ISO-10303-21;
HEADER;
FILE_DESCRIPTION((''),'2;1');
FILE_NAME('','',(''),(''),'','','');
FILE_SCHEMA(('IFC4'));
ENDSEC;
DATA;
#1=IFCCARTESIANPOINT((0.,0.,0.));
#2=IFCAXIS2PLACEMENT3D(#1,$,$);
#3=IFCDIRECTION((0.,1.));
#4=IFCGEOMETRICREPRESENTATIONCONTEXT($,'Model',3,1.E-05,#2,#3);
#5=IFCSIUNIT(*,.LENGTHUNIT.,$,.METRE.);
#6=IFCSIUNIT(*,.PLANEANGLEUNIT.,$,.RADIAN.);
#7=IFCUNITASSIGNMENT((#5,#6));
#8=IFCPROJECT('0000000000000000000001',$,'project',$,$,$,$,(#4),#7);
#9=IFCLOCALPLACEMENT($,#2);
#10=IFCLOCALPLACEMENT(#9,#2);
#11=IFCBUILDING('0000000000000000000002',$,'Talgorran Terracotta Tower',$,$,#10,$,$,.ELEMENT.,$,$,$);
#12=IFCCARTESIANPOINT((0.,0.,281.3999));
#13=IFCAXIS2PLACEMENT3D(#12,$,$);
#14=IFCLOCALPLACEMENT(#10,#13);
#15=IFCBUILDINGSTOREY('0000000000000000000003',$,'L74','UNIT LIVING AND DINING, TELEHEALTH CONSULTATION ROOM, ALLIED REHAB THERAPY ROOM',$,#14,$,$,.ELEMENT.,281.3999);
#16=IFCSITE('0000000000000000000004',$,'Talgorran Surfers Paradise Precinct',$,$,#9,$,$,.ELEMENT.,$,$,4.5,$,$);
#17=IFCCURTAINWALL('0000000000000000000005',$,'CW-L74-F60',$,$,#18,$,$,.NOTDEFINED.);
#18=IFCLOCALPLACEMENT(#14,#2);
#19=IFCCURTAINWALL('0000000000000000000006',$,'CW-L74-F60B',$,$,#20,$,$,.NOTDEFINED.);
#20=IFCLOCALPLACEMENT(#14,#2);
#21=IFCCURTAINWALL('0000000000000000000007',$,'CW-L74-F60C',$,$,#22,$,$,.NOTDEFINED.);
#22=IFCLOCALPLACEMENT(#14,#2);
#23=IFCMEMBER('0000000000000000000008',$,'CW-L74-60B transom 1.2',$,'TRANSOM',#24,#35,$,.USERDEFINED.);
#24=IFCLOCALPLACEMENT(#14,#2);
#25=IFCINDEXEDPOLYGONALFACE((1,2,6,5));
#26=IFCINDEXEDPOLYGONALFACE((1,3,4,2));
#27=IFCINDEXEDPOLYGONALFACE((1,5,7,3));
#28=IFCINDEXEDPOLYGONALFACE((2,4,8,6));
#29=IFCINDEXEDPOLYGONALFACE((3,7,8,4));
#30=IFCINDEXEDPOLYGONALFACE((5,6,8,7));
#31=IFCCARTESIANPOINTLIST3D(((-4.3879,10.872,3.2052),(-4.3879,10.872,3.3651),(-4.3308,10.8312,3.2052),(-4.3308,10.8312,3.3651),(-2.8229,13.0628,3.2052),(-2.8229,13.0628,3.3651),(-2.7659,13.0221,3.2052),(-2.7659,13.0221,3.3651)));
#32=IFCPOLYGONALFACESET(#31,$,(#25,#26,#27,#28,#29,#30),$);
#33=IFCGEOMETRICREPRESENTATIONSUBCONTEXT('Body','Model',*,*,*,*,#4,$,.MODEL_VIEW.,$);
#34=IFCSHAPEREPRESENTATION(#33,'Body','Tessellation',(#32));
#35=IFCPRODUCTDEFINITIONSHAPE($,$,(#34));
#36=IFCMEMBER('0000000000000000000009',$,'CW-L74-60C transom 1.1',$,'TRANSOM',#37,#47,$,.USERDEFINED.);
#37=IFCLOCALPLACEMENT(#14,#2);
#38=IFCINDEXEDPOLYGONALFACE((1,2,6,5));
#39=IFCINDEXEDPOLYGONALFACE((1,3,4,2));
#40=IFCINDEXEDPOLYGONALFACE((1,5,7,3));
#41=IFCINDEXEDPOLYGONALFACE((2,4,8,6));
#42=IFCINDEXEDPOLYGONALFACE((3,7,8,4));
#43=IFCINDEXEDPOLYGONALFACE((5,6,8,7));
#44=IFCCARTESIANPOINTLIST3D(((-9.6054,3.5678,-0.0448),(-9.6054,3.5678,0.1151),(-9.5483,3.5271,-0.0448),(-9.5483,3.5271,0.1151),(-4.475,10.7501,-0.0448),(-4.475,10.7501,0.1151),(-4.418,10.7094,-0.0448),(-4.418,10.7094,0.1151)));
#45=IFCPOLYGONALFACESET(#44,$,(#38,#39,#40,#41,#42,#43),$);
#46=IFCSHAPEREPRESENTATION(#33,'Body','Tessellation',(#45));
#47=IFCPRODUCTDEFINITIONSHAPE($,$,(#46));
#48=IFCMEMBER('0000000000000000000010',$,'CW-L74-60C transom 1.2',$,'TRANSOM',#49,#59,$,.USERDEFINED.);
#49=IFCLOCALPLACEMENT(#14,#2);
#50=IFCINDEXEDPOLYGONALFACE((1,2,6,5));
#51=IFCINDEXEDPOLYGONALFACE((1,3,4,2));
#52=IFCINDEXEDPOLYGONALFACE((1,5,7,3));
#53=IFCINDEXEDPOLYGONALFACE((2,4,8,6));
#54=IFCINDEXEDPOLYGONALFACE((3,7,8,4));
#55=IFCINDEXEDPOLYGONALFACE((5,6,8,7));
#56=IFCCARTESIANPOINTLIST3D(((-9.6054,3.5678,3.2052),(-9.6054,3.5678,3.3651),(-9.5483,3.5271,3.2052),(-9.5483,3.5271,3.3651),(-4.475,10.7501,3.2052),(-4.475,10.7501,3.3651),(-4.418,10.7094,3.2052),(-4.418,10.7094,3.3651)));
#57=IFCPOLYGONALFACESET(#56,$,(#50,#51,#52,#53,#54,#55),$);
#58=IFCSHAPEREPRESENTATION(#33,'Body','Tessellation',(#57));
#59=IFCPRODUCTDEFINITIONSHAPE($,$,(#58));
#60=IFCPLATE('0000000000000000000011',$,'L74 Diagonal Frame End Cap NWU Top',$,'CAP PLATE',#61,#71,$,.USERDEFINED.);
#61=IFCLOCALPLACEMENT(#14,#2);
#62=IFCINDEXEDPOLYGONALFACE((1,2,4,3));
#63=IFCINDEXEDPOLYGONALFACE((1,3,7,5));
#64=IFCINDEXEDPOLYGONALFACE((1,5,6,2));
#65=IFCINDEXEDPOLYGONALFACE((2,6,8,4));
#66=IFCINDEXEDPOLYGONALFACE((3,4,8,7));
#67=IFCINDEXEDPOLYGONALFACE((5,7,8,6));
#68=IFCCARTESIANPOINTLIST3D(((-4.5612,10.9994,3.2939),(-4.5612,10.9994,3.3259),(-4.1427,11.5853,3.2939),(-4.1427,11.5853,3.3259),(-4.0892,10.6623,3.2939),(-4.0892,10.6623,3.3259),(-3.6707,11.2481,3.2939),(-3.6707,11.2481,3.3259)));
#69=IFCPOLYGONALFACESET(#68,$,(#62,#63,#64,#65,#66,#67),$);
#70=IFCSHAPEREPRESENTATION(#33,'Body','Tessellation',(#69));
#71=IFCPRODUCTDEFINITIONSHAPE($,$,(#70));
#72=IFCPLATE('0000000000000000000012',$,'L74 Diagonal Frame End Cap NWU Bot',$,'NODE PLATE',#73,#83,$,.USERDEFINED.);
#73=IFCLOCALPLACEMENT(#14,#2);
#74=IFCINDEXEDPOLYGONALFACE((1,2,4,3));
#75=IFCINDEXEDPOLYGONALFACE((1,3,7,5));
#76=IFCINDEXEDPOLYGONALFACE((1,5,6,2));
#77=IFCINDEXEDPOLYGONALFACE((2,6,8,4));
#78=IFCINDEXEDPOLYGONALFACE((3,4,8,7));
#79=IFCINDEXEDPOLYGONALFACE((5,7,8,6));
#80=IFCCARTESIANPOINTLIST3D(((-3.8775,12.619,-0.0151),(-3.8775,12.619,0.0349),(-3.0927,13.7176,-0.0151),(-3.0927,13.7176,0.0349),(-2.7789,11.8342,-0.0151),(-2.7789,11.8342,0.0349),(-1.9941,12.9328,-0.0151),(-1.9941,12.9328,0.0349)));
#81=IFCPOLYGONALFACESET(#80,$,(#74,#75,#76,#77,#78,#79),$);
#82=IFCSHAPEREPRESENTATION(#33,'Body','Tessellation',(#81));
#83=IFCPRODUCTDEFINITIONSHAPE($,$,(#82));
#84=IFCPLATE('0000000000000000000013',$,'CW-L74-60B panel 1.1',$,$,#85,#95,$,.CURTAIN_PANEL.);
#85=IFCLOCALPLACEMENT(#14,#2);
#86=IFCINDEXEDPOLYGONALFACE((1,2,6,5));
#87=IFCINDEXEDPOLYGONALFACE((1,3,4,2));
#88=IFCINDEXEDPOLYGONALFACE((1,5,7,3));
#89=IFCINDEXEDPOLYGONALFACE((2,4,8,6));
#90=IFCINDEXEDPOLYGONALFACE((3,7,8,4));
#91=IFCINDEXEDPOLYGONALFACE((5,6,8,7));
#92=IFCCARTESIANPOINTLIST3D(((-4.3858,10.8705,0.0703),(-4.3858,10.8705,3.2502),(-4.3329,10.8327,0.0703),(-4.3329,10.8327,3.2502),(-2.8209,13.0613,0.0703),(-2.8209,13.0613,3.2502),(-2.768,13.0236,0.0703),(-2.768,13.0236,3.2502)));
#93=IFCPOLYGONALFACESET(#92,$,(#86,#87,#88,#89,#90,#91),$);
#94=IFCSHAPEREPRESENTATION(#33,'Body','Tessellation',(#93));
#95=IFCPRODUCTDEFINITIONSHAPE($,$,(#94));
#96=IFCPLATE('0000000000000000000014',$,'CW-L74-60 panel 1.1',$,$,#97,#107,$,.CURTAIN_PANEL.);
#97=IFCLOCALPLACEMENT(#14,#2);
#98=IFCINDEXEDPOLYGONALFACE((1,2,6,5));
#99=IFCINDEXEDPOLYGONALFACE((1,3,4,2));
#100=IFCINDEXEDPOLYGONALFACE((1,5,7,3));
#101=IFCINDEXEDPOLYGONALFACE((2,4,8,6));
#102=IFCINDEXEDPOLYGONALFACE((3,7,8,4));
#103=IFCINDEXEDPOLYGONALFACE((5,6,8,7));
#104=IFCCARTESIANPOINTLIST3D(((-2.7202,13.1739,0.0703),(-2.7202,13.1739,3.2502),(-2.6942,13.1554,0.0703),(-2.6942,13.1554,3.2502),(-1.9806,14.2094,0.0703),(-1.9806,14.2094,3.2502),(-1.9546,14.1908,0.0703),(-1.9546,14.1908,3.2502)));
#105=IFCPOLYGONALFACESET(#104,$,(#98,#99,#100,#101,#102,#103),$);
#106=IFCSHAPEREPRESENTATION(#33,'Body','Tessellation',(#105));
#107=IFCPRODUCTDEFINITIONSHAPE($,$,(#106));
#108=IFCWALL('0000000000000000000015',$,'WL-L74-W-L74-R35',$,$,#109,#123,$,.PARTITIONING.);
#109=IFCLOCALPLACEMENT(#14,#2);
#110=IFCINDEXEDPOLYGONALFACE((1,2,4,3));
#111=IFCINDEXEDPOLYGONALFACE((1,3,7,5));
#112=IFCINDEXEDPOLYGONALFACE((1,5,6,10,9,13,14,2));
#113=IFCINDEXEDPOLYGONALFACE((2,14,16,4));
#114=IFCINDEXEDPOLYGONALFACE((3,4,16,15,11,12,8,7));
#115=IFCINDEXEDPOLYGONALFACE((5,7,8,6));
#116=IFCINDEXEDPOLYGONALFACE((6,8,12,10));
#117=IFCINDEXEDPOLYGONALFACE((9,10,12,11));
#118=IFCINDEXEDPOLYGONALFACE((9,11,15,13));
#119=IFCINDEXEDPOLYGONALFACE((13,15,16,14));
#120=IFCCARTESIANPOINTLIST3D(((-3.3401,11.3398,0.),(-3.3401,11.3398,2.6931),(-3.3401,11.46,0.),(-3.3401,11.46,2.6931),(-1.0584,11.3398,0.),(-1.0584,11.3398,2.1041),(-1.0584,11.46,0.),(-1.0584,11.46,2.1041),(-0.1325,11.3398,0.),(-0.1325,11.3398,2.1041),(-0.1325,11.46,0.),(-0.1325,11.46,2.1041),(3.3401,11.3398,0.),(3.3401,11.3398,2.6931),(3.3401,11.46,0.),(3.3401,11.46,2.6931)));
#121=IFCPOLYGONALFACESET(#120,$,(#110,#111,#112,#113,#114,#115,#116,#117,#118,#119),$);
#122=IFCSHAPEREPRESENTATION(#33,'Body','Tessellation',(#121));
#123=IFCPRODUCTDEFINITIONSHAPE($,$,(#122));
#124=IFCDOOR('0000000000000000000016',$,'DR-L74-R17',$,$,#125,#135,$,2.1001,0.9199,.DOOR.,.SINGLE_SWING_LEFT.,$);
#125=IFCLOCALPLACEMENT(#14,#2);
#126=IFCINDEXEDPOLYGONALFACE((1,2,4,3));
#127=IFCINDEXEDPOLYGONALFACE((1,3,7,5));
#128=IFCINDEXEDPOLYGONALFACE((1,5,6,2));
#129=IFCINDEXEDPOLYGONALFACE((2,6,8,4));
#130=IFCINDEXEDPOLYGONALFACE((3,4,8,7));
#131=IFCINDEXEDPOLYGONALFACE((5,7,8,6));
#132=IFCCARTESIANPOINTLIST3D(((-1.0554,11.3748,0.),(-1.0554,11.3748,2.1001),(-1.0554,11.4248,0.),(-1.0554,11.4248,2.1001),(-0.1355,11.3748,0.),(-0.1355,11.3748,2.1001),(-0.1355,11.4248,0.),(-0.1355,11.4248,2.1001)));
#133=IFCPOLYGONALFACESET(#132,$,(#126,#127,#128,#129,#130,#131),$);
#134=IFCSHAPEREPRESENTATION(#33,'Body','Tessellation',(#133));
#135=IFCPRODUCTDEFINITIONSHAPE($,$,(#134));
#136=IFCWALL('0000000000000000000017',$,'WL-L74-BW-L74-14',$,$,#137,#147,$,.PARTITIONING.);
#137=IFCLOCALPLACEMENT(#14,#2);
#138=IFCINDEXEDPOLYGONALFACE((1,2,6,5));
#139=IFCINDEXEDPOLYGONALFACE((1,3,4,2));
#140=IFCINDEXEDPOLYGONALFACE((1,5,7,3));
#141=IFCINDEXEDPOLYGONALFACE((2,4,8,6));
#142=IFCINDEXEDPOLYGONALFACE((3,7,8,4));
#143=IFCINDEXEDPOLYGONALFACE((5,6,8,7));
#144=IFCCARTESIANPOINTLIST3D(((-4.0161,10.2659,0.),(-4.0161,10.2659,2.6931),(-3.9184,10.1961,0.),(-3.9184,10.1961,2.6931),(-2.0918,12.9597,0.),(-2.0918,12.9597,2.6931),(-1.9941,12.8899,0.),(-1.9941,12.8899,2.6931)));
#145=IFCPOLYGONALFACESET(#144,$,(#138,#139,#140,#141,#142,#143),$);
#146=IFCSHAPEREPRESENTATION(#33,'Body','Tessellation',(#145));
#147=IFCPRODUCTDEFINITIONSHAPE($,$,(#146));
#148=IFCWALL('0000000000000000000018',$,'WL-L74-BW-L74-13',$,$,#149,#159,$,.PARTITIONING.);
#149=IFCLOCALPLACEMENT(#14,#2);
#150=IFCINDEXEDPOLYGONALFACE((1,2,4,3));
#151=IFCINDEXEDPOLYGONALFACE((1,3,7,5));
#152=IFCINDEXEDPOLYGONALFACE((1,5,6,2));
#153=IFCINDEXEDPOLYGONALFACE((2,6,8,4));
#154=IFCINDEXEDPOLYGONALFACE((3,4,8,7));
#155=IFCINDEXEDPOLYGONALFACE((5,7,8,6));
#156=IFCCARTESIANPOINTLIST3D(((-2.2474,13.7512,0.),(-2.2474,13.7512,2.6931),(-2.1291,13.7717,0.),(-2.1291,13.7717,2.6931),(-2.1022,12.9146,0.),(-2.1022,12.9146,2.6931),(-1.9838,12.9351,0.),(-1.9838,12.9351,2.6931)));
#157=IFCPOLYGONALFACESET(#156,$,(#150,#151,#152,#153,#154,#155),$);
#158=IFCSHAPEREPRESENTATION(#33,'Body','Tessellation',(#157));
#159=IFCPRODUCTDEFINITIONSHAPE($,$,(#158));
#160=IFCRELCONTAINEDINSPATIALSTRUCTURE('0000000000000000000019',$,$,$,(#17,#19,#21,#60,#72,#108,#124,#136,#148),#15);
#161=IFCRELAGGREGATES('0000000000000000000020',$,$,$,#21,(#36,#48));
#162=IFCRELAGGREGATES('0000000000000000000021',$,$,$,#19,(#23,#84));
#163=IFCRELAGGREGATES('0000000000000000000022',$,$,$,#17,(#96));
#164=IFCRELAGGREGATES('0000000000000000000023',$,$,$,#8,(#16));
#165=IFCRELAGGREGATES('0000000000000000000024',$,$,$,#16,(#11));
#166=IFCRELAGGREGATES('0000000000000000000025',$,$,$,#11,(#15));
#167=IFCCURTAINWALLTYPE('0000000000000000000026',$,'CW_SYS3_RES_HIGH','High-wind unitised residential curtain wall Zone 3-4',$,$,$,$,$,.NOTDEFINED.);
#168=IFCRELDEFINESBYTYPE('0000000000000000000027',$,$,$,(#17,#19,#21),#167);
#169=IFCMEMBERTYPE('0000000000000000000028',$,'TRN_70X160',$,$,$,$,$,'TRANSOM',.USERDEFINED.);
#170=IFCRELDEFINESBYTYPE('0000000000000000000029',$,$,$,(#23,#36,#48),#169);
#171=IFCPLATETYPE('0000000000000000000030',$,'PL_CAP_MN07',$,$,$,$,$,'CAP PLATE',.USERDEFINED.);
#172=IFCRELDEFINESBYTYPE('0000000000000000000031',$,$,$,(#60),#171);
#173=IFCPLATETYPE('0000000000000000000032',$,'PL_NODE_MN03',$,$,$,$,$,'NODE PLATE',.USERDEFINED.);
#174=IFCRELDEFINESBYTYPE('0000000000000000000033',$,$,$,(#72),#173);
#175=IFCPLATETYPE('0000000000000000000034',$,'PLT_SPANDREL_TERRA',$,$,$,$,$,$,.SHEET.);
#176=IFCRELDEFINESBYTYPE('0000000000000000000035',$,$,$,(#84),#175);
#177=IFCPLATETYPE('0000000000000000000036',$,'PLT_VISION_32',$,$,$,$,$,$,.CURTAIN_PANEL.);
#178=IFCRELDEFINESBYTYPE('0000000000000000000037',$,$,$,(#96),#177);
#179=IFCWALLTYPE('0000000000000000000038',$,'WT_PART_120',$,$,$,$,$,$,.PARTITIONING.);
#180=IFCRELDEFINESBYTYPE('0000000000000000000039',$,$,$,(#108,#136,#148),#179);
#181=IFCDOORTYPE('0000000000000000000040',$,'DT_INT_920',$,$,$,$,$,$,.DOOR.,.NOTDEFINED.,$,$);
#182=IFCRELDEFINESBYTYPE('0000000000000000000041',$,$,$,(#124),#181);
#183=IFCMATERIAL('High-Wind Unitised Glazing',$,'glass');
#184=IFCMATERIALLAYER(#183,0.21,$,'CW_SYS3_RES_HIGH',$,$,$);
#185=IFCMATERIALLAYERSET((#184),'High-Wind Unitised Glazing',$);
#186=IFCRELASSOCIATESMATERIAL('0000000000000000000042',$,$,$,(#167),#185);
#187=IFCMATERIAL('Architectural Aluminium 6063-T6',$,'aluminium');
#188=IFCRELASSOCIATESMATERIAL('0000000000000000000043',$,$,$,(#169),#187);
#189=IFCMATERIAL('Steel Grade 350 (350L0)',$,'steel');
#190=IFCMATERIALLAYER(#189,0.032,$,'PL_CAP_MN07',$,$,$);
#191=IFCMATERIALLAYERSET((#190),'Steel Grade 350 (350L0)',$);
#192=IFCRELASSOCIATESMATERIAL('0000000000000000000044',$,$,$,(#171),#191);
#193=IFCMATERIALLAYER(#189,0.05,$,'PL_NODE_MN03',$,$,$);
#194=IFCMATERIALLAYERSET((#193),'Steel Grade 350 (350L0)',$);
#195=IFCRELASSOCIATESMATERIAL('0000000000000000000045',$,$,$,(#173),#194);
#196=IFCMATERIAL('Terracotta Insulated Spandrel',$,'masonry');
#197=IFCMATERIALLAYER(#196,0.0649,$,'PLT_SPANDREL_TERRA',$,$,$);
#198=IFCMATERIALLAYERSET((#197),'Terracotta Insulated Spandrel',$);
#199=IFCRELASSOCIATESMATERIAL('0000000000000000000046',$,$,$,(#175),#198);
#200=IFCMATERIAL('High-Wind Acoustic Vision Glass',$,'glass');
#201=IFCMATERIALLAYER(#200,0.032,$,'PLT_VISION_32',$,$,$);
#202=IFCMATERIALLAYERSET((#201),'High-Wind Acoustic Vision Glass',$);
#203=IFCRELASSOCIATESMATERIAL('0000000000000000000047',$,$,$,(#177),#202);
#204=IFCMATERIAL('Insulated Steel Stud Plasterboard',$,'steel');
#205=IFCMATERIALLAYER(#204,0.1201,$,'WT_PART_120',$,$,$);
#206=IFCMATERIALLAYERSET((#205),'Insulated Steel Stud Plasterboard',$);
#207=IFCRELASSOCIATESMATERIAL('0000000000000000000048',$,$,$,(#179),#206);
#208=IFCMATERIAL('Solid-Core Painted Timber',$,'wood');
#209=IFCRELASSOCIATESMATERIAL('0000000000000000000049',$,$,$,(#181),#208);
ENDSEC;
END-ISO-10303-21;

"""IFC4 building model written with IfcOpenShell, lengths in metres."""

from ifc_helpers import new_model, si_unit, direction, frame, frame_2d, origin, origin_2d, place, context, subcontext, project, spatial, rectangle, extrude, source, transform, mapped, material, layer, layer_set, material_profile, profile_set, type_object, type_shapes, element, fill, aggregate, save


model = new_model("IFC4")

# Units and contexts
model_context = context("Model", 3, precision=1e-05, world=origin(), true_north=direction((0.0, 1.0)))
body_context = subcontext(model_context, "Body", "Model", "MODEL_VIEW")
ifc_project = project(units=[si_unit("LENGTHUNIT", "METRE"), si_unit("PLANEANGLEUNIT", "RADIAN")], contexts=[model_context])

# Site, building, storey
site_placement = place(None, origin())
site = spatial("IfcSite", under=ifc_project, at=site_placement, Name="Talgorran Surfers Paradise Precinct", CompositionType="ELEMENT", RefElevation=4.5)
building_placement = place(site_placement, origin())
building = spatial("IfcBuilding", under=site, at=building_placement, Name="Talgorran Terracotta Tower", CompositionType="ELEMENT")
storey_placement = place(building_placement, frame((0.0, 0.0, 281.3999)))
storey = spatial("IfcBuildingStorey", under=building, at=storey_placement, Name="L74", Description="UNIT LIVING AND DINING, TELEHEALTH CONSULTATION ROOM, ALLIED REHAB THERAPY ROOM", CompositionType="ELEMENT", Elevation=281.3999)

# Shared definitions
ifc_material_1 = material(Name="Steel Grade 350 (350L0)", Category="steel")

# Shared definitions
ifc_material_2 = material(Name="High-Wind Unitised Glazing", Category="glass")
ifc_layer_1 = layer(ifc_material_2, 0.21, Name="CW_SYS3_RES_HIGH")
ifc_layer_set_1 = layer_set([ifc_layer_1], Name="High-Wind Unitised Glazing")
curtain_wall_type = type_object("IfcCurtainWallType", Name="CW_SYS3_RES_HIGH", Description="High-wind unitised residential curtain wall Zone 3-4", PredefinedType="NOTDEFINED", material=ifc_layer_set_1)
ifc_material_3 = material(Name="Architectural Aluminium 6063-T6", Category="aluminium")

# Curtain walls
curtain_wall_1_placement = place(storey_placement, origin())
curtain_wall_1 = element("IfcCurtainWall", 1, at=curtain_wall_1_placement, inside=storey, type_object=curtain_wall_type, Name="CW-L74-F60", PredefinedType="NOTDEFINED")
curtain_wall_2_placement = place(storey_placement, origin())
curtain_wall_2 = element("IfcCurtainWall", 2, at=curtain_wall_2_placement, inside=storey, type_object=curtain_wall_type, Name="CW-L74-F60B", PredefinedType="NOTDEFINED")

# Curtain wall
curtain_wall_3_placement = place(storey_placement, origin())
curtain_wall_3 = element("IfcCurtainWall", 3, at=curtain_wall_3_placement, inside=storey, type_object=curtain_wall_type, Name="CW-L74-F60C", PredefinedType="NOTDEFINED")

# Members
ifc_material_profile_1 = material_profile(ifc_material_3, rectangle(XDim=0.0701, YDim=0.1599, at=origin_2d()), Name="CWT70X160")
ifc_profile_set_1 = profile_set([ifc_material_profile_1], Name="Architectural Aluminium 6063-T6")
member_type_1 = type_object("IfcMemberType", Name="TRN_70X160", ElementType="TRANSOM", PredefinedType="USERDEFINED", material=ifc_profile_set_1)
member_1_placement = place(storey_placement, frame((-2.7944, 13.0425, 3.2852), z_axis=(-0.581238, -0.813733, 0.0), x_axis=(0.813733, -0.581238, 0.0)))
member_1 = element("IfcMember", 4, at=member_1_placement, type_object=member_type_1, Name="CW-L74-60B transom 1.2", ObjectType="TRANSOM", PredefinedType="USERDEFINED", context=body_context, shape_type="SweptSolid", body=[
    extrude(rectangle(XDim=0.0701, YDim=0.1599, at=origin_2d()), origin(), (0.0, 0.0, 1.0), 2.6924),
])
member_2_placement = place(storey_placement, frame((-4.4465, 10.7297, 0.0352), z_axis=(-0.581246, -0.813728, 0.0), x_axis=(0.813728, -0.581246, 0.0)))
member_2 = element("IfcMember", 5, at=member_2_placement, type_object=member_type_1, Name="CW-L74-60C transom 1.1", ObjectType="TRANSOM", PredefinedType="USERDEFINED", context=body_context, shape_type="SweptSolid", body=[
    extrude(rectangle(XDim=0.0701, YDim=0.1599, at=origin_2d()), origin(), (0.0, 0.0, 1.0), 8.8264),
])
member_3_placement = place(storey_placement, frame((-4.4465, 10.7297, 3.2852), z_axis=(-0.581246, -0.813728, 0.0), x_axis=(0.813728, -0.581246, 0.0)))
member_3 = element("IfcMember", 6, at=member_3_placement, type_object=member_type_1, Name="CW-L74-60C transom 1.2", ObjectType="TRANSOM", PredefinedType="USERDEFINED", context=body_context, shape_type="SweptSolid", body=[
    extrude(rectangle(XDim=0.0701, YDim=0.1599, at=origin_2d()), origin(), (0.0, 0.0, 1.0), 8.8264),
])
aggregate(curtain_wall_3, [member_2, member_3])

# Plates
ifc_layer_2 = layer(ifc_material_1, 0.032, Name="PL_CAP_MN07")
ifc_layer_set_2 = layer_set([ifc_layer_2], Name="Steel Grade 350 (350L0)")
plate_type_1 = type_object("IfcPlateType", Name="PL_CAP_MN07", ElementType="CAP PLATE", PredefinedType="USERDEFINED", material=ifc_layer_set_2)
plate_1_placement = place(storey_placement, frame((-4.116, 11.1238, 3.2939), z_axis=(0.0, 0.0, 1.0), x_axis=(-0.581271, -0.81371, 0.0)))
element("IfcPlate", 7, at=plate_1_placement, inside=storey, type_object=plate_type_1, Name="L74 Diagonal Frame End Cap NWU Top", ObjectType="CAP PLATE", PredefinedType="USERDEFINED", context=body_context, shape_type="SweptSolid", body=[
    extrude(rectangle(XDim=0.72, YDim=0.5801, at=origin_2d()), origin(), (0.0, 0.0, 1.0), 0.032),
])
ifc_layer_3 = layer(ifc_material_1, 0.05, Name="PL_NODE_MN03")
ifc_layer_set_3 = layer_set([ifc_layer_3], Name="Steel Grade 350 (350L0)")
plate_type_2 = type_object("IfcPlateType", Name="PL_NODE_MN03", ElementType="NODE PLATE", PredefinedType="USERDEFINED", material=ifc_layer_set_3)
plate_2_placement = place(storey_placement, frame((-2.9358, 12.7759, -0.0151), z_axis=(0.0, 0.0, 1.0), x_axis=(-0.581271, -0.81371, 0.0)))
element("IfcPlate", 8, at=plate_2_placement, inside=storey, type_object=plate_type_2, Name="L74 Diagonal Frame End Cap NWU Bot", ObjectType="NODE PLATE", PredefinedType="USERDEFINED", context=body_context, shape_type="SweptSolid", body=[
    extrude(rectangle(XDim=1.3501, YDim=1.3501, at=origin_2d()), origin(), (0.0, 0.0, 1.0), 0.05),
])

# Plates
ifc_material_4 = material(Name="Terracotta Insulated Spandrel", Category="masonry")
ifc_layer_4 = layer(ifc_material_4, 0.0649, Name="PLT_SPANDREL_TERRA")
ifc_layer_set_4 = layer_set([ifc_layer_4], Name="Terracotta Insulated Spandrel")
plate_type_3 = type_object("IfcPlateType", Name="PLT_SPANDREL_TERRA", PredefinedType="SHEET", material=ifc_layer_set_4)
shared_shape_1 = source(origin(), body_context, "Body", "SweptSolid", [
    extrude(rectangle(XDim=2.6924, YDim=0.0649, at=origin_2d()), origin(), (0.0, 0.0, 1.0), 3.1799),
])
type_shapes(plate_type_3, [shared_shape_1])
plate_3_placement = place(storey_placement, frame((-3.5769, 11.947, 0.0703), z_axis=(0.0, 0.0, 1.0), x_axis=(-0.581242, -0.813731, 0.0)))
plate_3 = element("IfcPlate", 9, at=plate_3_placement, type_object=plate_type_3, Name="CW-L74-60B panel 1.1", PredefinedType="CURTAIN_PANEL", context=body_context, shape_type="MappedRepresentation", body=[
    mapped(shared_shape_1, transform((0.0, 0.0, 0.0), scale=1.0)),
])
aggregate(curtain_wall_2, [member_1, plate_3])
ifc_material_5 = material(Name="High-Wind Acoustic Vision Glass", Category="glass")
ifc_layer_5 = layer(ifc_material_5, 0.032, Name="PLT_VISION_32")
ifc_layer_set_5 = layer_set([ifc_layer_5], Name="High-Wind Acoustic Vision Glass")
plate_type_4 = type_object("IfcPlateType", Name="PLT_VISION_32", PredefinedType="CURTAIN_PANEL", material=ifc_layer_set_5)
shared_shape_2 = source(origin(), body_context, "Body", "SweptSolid", [
    extrude(rectangle(XDim=1.2725, YDim=0.032, at=origin_2d()), origin(), (0.0, 0.0, 1.0), 3.1799),
])
type_shapes(plate_type_4, [shared_shape_2])
plate_4_placement = place(storey_placement, frame((-2.3374, 13.6824, 0.0703), z_axis=(0.0, 0.0, 1.0), x_axis=(-0.581238, -0.813733, 0.0)))
plate_4 = element("IfcPlate", 10, at=plate_4_placement, type_object=plate_type_4, Name="CW-L74-60 panel 1.1", PredefinedType="CURTAIN_PANEL", context=body_context, shape_type="MappedRepresentation", body=[
    mapped(shared_shape_2, transform((0.0, 0.0, 0.0), scale=1.0)),
])
aggregate(curtain_wall_1, [plate_4])

# Wall, opening, door
ifc_material_6 = material(Name="Insulated Steel Stud Plasterboard", Category="steel")
ifc_layer_6 = layer(ifc_material_6, 0.1201, Name="WT_PART_120")
ifc_layer_set_6 = layer_set([ifc_layer_6], Name="Insulated Steel Stud Plasterboard")
wall_type = type_object("IfcWallType", Name="WT_PART_120", PredefinedType="PARTITIONING", material=ifc_layer_set_6)
wall_1_placement = place(storey_placement, frame((-3.3401, 11.3999, 0.0), z_axis=(0.0, 0.0, 1.0), x_axis=(1.0, 0.0, 0.0)))
wall_1 = element("IfcWall", 11, at=wall_1_placement, inside=storey, type_object=wall_type, Name="WL-L74-W-L74-R35", PredefinedType="PARTITIONING", context=body_context, shape_type="SweptSolid", body=[
    extrude(rectangle(XDim=6.6802, YDim=0.1201, at=frame_2d((3.3401, 0.0))), origin(), (0.0, 0.0, 1.0), 2.6931),
])
opening_placement = place(wall_1_placement, frame((2.2847, 0.0, 0.0)))
opening = element("IfcOpeningElement", 12, at=opening_placement, cuts=wall_1, PredefinedType="OPENING", context=body_context, shape_type="SweptSolid", body=[
    extrude(rectangle(XDim=0.9259, YDim=2.1041, at=frame_2d((0.46, 1.052))), frame((0.0, 0.0701, 0.0), z_axis=(0.0, -1.0, 0.0), x_axis=(1.0, 0.0, 0.0)), (0.0, 0.0, 1.0), 0.1401),
])
ifc_material_7 = material(Name="Solid-Core Painted Timber", Category="wood")
door_type = type_object("IfcDoorType", Name="DT_INT_920", OperationType="NOTDEFINED", PredefinedType="DOOR", material=ifc_material_7)
door_placement = place(opening_placement, origin())
door = element("IfcDoor", 13, at=door_placement, inside=storey, type_object=door_type, Name="DR-L74-R17", OperationType="SINGLE_SWING_LEFT", OverallHeight=2.1001, OverallWidth=0.9199, PredefinedType="DOOR", context=body_context, shape_type="SweptSolid", body=[
    extrude(rectangle(XDim=0.9199, YDim=2.1001, at=frame_2d((0.46, 1.05))), frame((0.0, 0.0249, 0.0), z_axis=(0.0, -1.0, 0.0), x_axis=(1.0, 0.0, 0.0)), (0.0, 0.0, 1.0), 0.05),
])
fill(opening, door)

# Walls
wall_2_placement = place(storey_placement, frame((-2.043, 12.9248, 0.0), z_axis=(0.0, 0.0, 1.0), x_axis=(-0.581266, -0.813714, 0.0)))
element("IfcWall", 14, at=wall_2_placement, inside=storey, type_object=wall_type, Name="WL-L74-BW-L74-14", PredefinedType="PARTITIONING", context=body_context, shape_type="SweptSolid", body=[
    extrude(rectangle(XDim=3.3105, YDim=0.1201, at=frame_2d((1.6553, 0.0))), origin(), (0.0, 0.0, 1.0), 2.6931),
])
wall_3_placement = place(storey_placement, frame((-2.1882, 13.7615, 0.0), z_axis=(0.0, 0.0, 1.0), x_axis=(0.171062, -0.98526, 0.0)))
element("IfcWall", 15, at=wall_3_placement, inside=storey, type_object=wall_type, Name="WL-L74-BW-L74-13", PredefinedType="PARTITIONING", context=body_context, shape_type="SweptSolid", body=[
    extrude(rectangle(XDim=0.8491, YDim=0.1201, at=frame_2d((0.4246, 0.0))), origin(), (0.0, 0.0, 1.0), 2.6931),
])

save(model, "model.ifc")
